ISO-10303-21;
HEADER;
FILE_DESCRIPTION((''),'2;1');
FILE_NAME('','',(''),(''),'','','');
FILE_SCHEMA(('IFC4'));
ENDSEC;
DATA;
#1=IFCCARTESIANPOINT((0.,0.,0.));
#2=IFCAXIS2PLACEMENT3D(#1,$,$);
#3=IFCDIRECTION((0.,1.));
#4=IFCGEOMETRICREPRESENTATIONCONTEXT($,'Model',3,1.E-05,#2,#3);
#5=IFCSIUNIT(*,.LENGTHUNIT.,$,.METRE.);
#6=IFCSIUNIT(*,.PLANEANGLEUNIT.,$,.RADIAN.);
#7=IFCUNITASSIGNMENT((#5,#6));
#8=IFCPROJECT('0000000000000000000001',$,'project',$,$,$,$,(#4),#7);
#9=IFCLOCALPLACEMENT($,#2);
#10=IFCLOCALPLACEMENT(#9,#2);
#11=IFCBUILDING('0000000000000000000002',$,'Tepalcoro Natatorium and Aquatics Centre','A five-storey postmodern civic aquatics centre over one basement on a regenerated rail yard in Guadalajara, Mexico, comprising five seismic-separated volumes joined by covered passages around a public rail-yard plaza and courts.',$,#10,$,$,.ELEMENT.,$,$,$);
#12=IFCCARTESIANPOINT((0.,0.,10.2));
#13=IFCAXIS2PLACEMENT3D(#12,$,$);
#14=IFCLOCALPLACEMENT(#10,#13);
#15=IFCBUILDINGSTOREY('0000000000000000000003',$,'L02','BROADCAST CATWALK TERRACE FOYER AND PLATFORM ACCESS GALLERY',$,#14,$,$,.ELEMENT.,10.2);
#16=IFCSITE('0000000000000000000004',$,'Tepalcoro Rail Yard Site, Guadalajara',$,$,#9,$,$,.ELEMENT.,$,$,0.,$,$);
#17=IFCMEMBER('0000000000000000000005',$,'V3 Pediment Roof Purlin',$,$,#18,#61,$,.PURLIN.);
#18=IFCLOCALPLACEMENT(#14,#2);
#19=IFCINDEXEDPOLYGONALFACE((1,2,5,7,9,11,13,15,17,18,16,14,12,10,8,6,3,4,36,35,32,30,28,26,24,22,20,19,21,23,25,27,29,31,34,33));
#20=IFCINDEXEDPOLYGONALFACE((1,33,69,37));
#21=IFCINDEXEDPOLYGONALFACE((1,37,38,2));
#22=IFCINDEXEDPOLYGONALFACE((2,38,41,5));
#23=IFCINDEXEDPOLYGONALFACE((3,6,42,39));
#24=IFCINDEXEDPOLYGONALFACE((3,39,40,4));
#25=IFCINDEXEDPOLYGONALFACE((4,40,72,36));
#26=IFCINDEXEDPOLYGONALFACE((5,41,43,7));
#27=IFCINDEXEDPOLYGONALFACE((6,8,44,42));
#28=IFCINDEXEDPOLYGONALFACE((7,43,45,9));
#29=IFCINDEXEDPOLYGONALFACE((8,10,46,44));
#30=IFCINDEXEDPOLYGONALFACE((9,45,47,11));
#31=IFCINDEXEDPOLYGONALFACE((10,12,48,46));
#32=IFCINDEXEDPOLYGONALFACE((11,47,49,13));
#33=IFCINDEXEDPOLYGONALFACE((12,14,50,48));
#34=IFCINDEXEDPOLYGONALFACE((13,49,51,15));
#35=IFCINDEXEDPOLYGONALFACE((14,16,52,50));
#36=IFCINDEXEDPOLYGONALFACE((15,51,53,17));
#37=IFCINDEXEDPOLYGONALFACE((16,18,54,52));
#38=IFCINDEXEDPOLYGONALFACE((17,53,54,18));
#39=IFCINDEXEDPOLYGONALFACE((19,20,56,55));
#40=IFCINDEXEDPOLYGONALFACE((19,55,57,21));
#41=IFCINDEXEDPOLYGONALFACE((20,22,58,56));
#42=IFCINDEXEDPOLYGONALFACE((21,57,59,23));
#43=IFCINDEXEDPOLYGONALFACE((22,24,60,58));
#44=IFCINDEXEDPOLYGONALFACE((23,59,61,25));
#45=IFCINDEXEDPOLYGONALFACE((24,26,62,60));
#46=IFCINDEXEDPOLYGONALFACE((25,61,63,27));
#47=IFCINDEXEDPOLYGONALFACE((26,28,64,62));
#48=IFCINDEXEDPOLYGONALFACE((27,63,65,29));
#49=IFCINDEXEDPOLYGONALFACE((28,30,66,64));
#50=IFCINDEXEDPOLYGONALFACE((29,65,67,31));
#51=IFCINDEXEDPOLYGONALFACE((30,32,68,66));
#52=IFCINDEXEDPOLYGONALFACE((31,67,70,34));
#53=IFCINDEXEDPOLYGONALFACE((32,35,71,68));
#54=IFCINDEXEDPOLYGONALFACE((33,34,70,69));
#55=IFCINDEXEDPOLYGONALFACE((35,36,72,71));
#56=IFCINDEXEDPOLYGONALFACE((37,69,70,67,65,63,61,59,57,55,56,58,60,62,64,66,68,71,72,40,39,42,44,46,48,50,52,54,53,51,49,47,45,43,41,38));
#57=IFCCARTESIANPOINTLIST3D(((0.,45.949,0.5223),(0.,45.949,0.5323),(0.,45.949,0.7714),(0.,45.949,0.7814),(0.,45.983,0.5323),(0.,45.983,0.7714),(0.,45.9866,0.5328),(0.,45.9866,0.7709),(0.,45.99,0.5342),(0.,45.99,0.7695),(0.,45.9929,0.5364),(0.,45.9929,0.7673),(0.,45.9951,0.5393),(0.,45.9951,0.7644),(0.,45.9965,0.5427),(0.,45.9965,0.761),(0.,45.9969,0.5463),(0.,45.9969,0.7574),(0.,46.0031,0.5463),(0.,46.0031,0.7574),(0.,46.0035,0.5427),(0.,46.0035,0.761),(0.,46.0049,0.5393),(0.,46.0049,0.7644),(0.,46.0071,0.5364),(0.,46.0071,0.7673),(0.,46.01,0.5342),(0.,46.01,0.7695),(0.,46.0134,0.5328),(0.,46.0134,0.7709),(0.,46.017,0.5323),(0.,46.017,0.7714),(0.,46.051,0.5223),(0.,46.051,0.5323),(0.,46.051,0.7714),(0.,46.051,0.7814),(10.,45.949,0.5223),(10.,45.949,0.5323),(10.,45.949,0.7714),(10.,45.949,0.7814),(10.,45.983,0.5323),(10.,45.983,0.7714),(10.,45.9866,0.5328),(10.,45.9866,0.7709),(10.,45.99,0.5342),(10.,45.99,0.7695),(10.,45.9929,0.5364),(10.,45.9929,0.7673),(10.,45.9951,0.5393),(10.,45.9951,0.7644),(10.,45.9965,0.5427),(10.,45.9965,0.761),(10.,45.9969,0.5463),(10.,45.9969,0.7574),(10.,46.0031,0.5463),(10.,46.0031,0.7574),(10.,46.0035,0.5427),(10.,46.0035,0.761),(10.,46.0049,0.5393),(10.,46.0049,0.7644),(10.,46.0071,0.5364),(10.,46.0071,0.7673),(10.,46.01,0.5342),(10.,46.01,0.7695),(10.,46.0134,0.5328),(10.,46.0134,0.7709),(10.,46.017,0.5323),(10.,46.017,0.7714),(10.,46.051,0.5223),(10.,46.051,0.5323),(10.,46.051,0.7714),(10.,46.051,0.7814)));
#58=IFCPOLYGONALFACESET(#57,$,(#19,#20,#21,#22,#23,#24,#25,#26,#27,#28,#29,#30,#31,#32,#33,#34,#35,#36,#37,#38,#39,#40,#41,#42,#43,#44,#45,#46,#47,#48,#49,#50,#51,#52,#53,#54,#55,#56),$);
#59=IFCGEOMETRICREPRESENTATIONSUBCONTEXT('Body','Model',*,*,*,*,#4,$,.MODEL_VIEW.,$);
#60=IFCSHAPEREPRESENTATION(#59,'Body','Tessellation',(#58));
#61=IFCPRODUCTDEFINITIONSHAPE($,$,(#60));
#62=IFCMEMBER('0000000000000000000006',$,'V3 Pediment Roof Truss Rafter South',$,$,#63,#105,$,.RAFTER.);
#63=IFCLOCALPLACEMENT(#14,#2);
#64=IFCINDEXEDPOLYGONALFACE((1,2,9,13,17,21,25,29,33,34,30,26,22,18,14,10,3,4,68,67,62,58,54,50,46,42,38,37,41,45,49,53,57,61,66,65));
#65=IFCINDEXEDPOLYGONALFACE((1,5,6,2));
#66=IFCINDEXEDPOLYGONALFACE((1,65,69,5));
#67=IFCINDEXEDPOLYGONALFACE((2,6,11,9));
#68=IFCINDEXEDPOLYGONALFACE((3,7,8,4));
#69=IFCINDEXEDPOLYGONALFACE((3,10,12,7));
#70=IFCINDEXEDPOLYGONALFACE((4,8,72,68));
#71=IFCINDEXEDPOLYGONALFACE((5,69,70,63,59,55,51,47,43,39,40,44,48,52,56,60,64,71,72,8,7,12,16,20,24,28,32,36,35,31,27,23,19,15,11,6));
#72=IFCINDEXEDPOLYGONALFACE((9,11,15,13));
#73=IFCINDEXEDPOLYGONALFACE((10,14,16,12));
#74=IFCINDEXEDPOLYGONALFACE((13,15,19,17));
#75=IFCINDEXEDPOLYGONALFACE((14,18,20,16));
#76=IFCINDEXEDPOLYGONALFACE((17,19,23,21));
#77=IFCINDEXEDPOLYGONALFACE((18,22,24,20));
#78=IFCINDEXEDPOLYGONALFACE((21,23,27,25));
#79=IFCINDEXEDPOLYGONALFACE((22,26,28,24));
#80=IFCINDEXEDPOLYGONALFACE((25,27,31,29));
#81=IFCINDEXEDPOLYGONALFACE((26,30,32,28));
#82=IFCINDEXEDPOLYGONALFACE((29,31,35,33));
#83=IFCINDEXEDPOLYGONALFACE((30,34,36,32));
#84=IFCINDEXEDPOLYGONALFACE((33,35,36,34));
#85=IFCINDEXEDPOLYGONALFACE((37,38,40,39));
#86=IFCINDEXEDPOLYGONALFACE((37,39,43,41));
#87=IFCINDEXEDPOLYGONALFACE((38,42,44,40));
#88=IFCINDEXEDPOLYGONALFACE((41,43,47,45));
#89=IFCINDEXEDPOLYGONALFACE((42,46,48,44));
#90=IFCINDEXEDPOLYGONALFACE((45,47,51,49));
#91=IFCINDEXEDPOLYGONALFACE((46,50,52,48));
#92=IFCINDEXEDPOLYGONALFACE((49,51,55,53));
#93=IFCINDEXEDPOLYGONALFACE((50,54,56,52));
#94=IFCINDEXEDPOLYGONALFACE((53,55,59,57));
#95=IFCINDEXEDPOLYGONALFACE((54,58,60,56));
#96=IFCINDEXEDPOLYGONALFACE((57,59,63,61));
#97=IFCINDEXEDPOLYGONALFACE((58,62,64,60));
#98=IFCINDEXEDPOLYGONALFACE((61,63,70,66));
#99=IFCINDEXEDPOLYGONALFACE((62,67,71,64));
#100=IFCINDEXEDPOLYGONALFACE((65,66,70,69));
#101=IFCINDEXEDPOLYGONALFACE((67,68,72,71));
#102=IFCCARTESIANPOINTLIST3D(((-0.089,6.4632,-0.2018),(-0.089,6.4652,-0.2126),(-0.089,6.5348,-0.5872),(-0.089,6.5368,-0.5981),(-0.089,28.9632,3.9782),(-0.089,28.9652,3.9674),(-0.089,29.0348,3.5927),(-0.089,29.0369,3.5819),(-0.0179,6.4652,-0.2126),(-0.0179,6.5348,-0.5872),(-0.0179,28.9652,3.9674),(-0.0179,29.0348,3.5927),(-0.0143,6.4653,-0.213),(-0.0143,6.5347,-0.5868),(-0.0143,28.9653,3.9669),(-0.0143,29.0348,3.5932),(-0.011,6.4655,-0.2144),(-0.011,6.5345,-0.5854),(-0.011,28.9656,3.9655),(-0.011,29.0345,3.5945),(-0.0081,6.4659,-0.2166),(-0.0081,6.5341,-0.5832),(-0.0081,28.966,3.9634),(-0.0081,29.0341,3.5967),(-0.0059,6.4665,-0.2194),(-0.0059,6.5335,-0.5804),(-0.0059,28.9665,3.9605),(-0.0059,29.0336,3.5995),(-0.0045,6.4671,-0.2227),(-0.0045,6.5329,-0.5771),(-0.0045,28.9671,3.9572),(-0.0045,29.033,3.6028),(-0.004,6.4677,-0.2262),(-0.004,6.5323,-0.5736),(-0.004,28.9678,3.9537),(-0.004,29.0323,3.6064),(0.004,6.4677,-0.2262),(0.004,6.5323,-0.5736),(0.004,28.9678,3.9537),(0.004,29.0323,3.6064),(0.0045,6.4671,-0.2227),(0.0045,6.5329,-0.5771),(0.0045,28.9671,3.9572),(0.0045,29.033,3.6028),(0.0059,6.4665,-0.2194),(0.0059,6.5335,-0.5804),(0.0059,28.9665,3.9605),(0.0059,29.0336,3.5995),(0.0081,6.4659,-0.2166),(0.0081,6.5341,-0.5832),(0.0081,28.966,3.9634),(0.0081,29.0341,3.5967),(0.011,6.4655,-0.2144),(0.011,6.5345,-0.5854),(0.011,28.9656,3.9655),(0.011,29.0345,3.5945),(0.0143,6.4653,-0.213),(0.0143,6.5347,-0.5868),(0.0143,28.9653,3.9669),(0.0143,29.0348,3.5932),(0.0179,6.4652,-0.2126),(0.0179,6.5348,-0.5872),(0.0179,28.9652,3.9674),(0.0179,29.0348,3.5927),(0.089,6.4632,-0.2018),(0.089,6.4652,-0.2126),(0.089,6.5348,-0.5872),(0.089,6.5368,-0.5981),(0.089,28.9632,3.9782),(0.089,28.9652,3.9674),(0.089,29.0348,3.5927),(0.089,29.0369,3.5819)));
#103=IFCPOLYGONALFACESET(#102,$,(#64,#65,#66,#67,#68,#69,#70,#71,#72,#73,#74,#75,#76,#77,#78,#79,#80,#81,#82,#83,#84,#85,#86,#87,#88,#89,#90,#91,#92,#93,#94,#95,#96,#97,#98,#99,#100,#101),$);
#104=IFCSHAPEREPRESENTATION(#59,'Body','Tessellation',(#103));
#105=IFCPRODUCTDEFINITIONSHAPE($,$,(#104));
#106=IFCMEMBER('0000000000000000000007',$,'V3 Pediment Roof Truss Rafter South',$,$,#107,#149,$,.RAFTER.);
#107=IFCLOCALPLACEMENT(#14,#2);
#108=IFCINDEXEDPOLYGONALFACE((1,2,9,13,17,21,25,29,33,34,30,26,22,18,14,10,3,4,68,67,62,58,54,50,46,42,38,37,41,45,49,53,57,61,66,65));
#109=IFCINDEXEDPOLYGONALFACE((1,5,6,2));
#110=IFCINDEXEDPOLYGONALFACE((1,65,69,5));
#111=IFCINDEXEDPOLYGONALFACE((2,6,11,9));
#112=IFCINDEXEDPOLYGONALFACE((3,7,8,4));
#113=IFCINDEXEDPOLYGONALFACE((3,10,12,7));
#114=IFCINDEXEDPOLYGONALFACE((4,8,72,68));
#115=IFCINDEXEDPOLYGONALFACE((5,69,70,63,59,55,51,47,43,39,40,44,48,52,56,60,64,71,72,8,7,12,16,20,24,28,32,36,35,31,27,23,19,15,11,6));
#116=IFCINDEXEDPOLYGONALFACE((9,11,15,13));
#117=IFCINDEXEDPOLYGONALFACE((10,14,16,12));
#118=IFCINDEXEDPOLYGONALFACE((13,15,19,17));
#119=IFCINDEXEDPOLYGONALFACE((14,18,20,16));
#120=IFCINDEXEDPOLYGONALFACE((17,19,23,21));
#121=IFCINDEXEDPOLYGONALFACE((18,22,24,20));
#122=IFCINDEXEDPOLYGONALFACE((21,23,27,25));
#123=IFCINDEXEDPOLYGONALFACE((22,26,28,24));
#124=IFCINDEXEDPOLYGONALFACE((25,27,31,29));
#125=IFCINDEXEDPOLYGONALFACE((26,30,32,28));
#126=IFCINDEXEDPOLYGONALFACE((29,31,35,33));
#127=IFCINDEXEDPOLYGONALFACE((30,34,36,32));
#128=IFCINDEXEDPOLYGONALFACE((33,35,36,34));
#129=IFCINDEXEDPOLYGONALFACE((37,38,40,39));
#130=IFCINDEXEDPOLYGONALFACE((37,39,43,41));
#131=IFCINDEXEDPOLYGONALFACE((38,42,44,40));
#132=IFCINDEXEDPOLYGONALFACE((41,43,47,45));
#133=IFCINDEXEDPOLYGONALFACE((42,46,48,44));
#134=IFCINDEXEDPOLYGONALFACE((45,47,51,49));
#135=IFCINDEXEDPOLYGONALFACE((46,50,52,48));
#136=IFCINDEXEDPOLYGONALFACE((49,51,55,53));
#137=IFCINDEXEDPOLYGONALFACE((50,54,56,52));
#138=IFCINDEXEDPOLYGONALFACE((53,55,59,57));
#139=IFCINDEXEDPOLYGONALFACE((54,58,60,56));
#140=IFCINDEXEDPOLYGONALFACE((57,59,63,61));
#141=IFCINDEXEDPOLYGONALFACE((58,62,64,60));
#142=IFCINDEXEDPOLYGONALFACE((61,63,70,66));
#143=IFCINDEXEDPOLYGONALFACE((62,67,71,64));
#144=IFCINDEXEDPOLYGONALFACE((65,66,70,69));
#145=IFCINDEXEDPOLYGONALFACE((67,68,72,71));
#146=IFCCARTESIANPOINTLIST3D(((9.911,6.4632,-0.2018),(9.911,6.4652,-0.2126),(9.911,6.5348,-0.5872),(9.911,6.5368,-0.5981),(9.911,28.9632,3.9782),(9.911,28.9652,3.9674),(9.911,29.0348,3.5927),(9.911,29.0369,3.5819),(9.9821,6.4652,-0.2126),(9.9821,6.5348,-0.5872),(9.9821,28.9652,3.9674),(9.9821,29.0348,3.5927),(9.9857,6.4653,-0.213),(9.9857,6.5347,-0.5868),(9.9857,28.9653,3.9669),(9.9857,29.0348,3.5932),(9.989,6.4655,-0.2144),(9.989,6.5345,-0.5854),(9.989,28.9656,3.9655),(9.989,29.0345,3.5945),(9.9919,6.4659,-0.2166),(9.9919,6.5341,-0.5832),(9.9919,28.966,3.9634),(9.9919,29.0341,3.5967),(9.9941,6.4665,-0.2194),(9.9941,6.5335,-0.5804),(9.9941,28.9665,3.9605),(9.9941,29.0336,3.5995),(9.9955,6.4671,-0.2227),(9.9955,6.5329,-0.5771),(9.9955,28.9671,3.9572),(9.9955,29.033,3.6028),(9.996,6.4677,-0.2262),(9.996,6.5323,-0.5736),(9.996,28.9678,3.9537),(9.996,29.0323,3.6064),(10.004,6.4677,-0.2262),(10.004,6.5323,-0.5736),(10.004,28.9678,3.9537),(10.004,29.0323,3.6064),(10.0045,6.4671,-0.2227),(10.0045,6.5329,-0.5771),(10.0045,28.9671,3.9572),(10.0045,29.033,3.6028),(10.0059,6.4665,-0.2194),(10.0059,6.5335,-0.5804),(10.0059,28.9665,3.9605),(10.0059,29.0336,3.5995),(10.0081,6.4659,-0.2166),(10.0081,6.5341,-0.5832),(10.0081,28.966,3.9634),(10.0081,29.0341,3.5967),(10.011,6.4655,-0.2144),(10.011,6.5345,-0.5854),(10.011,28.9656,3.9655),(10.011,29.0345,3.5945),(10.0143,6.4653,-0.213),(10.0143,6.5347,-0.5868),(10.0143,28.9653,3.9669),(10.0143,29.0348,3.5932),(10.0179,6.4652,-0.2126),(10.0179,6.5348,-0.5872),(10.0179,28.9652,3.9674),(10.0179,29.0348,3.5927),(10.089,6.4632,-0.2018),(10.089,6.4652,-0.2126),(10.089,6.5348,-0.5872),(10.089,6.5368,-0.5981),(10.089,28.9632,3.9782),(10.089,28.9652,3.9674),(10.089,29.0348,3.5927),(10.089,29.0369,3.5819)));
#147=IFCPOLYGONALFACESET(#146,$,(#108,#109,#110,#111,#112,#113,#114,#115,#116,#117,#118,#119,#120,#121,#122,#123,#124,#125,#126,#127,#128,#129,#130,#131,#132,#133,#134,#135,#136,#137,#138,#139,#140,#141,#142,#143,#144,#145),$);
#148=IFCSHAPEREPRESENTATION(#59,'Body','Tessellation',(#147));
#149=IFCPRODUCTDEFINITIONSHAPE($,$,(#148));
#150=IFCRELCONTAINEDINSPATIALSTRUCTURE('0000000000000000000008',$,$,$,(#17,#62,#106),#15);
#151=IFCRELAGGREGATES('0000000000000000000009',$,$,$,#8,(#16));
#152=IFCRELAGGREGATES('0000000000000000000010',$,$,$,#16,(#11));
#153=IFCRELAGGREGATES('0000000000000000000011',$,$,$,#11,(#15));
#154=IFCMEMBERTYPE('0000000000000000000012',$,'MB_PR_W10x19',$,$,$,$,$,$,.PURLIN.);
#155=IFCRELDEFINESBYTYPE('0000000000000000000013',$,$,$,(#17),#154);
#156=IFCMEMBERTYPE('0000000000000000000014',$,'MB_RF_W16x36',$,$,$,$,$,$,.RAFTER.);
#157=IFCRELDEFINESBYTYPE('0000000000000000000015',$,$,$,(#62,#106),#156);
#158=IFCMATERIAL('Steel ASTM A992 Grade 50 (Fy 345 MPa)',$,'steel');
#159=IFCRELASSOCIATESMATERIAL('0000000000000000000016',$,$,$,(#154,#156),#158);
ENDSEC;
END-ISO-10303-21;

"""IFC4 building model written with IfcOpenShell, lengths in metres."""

from ifc_helpers import new_model, si_unit, direction, frame, origin, origin_2d, place, context, subcontext, project, spatial, i_section, extrude, material, material_profile, profile_set, type_object, element, save


model = new_model("IFC4")

# Units and contexts
model_context = context("Model", 3, precision=1e-05, world=origin(), true_north=direction((0.0, 1.0)))
body_context = subcontext(model_context, "Body", "Model", "MODEL_VIEW")
ifc_project = project(units=[si_unit("LENGTHUNIT", "METRE"), si_unit("PLANEANGLEUNIT", "RADIAN")], contexts=[model_context])

# Site, building, storey
site_placement = place(None, origin())
site = spatial("IfcSite", under=ifc_project, at=site_placement, Name="Tepalcoro Rail Yard Site, Guadalajara", CompositionType="ELEMENT", RefElevation=0.0)
building_placement = place(site_placement, origin())
building = spatial("IfcBuilding", under=site, at=building_placement, Name="Tepalcoro Natatorium and Aquatics Centre", Description="A five-storey postmodern civic aquatics centre over one basement on a regenerated rail yard in Guadalajara, Mexico, comprising five seismic-separated volumes joined by covered passages around a public rail-yard plaza and courts.", CompositionType="ELEMENT")
storey_placement = place(building_placement, frame((0.0, 0.0, 10.2)))
storey = spatial("IfcBuildingStorey", under=building, at=storey_placement, Name="L02", Description="BROADCAST CATWALK TERRACE FOYER AND PLATFORM ACCESS GALLERY", CompositionType="ELEMENT", Elevation=10.2)

# Members
ifc_material_1 = material(Name="Steel ASTM A992 Grade 50 (Fy 345 MPa)", Category="steel")
ifc_material_profile_1 = material_profile(ifc_material_1, i_section(OverallWidth=0.1021, OverallDepth=0.259, WebThickness=0.0061, FlangeThickness=0.01, FilletRadius=0.0139, at=origin_2d()), Name="W10X19")
ifc_profile_set_1 = profile_set([ifc_material_profile_1], Name="Steel ASTM A992 Grade 50 (Fy 345 MPa)")
member_type_1 = type_object("IfcMemberType", Name="MB_PR_W10x19", PredefinedType="PURLIN", material=ifc_profile_set_1)
for number, where, z_axis, x_axis, name in (
    (1, (0.0, 46.0, 0.6519), (1.0, 0.0, 0.0), (0.0, 1.0, 0.0), "V3 Pediment Roof Purlin"),
):
    element("IfcMember", number, at=place(storey_placement, frame(where, z_axis=z_axis, x_axis=x_axis)), inside=storey, type_object=member_type_1, Name=name, PredefinedType="PURLIN", context=body_context, shape_type="SweptSolid", body=[
        extrude(i_section(OverallWidth=0.1021, OverallDepth=0.259, WebThickness=0.0061, FlangeThickness=0.01, FilletRadius=0.0139, at=origin_2d()), origin(), (0.0, 0.0, 1.0), 10.0),
    ])
ifc_material_profile_2 = material_profile(ifc_material_1, i_section(OverallWidth=0.178, OverallDepth=0.4031, WebThickness=0.0081, FlangeThickness=0.011, FilletRadius=0.0139, at=origin_2d()), Name="W16X36")
ifc_profile_set_2 = profile_set([ifc_material_profile_2], Name="Steel ASTM A992 Grade 50 (Fy 345 MPa)")
member_type_2 = type_object("IfcMemberType", Name="MB_RF_W16x36", PredefinedType="RAFTER", material=ifc_profile_set_2)
for number, where, z_axis, x_axis, name in (
    (2, (0.0, 6.5, -0.3999), (0.0, 0.983178, 0.18265), (-1.0, 0.0, 0.0), "V3 Pediment Roof Truss Rafter South"),
    (3, (10.0, 6.5, -0.3999), (0.0, 0.983178, 0.18265), (-1.0, 0.0, 0.0), "V3 Pediment Roof Truss Rafter South"),
):
    element("IfcMember", number, at=place(storey_placement, frame(where, z_axis=z_axis, x_axis=x_axis)), inside=storey, type_object=member_type_2, Name=name, PredefinedType="RAFTER", context=body_context, shape_type="SweptSolid", body=[
        extrude(i_section(OverallWidth=0.178, OverallDepth=0.4031, WebThickness=0.0081, FlangeThickness=0.011, FilletRadius=0.0139, at=origin_2d()), origin(), (0.0, 0.0, 1.0), 22.885),
    ])

save(model, "model.ifc")
